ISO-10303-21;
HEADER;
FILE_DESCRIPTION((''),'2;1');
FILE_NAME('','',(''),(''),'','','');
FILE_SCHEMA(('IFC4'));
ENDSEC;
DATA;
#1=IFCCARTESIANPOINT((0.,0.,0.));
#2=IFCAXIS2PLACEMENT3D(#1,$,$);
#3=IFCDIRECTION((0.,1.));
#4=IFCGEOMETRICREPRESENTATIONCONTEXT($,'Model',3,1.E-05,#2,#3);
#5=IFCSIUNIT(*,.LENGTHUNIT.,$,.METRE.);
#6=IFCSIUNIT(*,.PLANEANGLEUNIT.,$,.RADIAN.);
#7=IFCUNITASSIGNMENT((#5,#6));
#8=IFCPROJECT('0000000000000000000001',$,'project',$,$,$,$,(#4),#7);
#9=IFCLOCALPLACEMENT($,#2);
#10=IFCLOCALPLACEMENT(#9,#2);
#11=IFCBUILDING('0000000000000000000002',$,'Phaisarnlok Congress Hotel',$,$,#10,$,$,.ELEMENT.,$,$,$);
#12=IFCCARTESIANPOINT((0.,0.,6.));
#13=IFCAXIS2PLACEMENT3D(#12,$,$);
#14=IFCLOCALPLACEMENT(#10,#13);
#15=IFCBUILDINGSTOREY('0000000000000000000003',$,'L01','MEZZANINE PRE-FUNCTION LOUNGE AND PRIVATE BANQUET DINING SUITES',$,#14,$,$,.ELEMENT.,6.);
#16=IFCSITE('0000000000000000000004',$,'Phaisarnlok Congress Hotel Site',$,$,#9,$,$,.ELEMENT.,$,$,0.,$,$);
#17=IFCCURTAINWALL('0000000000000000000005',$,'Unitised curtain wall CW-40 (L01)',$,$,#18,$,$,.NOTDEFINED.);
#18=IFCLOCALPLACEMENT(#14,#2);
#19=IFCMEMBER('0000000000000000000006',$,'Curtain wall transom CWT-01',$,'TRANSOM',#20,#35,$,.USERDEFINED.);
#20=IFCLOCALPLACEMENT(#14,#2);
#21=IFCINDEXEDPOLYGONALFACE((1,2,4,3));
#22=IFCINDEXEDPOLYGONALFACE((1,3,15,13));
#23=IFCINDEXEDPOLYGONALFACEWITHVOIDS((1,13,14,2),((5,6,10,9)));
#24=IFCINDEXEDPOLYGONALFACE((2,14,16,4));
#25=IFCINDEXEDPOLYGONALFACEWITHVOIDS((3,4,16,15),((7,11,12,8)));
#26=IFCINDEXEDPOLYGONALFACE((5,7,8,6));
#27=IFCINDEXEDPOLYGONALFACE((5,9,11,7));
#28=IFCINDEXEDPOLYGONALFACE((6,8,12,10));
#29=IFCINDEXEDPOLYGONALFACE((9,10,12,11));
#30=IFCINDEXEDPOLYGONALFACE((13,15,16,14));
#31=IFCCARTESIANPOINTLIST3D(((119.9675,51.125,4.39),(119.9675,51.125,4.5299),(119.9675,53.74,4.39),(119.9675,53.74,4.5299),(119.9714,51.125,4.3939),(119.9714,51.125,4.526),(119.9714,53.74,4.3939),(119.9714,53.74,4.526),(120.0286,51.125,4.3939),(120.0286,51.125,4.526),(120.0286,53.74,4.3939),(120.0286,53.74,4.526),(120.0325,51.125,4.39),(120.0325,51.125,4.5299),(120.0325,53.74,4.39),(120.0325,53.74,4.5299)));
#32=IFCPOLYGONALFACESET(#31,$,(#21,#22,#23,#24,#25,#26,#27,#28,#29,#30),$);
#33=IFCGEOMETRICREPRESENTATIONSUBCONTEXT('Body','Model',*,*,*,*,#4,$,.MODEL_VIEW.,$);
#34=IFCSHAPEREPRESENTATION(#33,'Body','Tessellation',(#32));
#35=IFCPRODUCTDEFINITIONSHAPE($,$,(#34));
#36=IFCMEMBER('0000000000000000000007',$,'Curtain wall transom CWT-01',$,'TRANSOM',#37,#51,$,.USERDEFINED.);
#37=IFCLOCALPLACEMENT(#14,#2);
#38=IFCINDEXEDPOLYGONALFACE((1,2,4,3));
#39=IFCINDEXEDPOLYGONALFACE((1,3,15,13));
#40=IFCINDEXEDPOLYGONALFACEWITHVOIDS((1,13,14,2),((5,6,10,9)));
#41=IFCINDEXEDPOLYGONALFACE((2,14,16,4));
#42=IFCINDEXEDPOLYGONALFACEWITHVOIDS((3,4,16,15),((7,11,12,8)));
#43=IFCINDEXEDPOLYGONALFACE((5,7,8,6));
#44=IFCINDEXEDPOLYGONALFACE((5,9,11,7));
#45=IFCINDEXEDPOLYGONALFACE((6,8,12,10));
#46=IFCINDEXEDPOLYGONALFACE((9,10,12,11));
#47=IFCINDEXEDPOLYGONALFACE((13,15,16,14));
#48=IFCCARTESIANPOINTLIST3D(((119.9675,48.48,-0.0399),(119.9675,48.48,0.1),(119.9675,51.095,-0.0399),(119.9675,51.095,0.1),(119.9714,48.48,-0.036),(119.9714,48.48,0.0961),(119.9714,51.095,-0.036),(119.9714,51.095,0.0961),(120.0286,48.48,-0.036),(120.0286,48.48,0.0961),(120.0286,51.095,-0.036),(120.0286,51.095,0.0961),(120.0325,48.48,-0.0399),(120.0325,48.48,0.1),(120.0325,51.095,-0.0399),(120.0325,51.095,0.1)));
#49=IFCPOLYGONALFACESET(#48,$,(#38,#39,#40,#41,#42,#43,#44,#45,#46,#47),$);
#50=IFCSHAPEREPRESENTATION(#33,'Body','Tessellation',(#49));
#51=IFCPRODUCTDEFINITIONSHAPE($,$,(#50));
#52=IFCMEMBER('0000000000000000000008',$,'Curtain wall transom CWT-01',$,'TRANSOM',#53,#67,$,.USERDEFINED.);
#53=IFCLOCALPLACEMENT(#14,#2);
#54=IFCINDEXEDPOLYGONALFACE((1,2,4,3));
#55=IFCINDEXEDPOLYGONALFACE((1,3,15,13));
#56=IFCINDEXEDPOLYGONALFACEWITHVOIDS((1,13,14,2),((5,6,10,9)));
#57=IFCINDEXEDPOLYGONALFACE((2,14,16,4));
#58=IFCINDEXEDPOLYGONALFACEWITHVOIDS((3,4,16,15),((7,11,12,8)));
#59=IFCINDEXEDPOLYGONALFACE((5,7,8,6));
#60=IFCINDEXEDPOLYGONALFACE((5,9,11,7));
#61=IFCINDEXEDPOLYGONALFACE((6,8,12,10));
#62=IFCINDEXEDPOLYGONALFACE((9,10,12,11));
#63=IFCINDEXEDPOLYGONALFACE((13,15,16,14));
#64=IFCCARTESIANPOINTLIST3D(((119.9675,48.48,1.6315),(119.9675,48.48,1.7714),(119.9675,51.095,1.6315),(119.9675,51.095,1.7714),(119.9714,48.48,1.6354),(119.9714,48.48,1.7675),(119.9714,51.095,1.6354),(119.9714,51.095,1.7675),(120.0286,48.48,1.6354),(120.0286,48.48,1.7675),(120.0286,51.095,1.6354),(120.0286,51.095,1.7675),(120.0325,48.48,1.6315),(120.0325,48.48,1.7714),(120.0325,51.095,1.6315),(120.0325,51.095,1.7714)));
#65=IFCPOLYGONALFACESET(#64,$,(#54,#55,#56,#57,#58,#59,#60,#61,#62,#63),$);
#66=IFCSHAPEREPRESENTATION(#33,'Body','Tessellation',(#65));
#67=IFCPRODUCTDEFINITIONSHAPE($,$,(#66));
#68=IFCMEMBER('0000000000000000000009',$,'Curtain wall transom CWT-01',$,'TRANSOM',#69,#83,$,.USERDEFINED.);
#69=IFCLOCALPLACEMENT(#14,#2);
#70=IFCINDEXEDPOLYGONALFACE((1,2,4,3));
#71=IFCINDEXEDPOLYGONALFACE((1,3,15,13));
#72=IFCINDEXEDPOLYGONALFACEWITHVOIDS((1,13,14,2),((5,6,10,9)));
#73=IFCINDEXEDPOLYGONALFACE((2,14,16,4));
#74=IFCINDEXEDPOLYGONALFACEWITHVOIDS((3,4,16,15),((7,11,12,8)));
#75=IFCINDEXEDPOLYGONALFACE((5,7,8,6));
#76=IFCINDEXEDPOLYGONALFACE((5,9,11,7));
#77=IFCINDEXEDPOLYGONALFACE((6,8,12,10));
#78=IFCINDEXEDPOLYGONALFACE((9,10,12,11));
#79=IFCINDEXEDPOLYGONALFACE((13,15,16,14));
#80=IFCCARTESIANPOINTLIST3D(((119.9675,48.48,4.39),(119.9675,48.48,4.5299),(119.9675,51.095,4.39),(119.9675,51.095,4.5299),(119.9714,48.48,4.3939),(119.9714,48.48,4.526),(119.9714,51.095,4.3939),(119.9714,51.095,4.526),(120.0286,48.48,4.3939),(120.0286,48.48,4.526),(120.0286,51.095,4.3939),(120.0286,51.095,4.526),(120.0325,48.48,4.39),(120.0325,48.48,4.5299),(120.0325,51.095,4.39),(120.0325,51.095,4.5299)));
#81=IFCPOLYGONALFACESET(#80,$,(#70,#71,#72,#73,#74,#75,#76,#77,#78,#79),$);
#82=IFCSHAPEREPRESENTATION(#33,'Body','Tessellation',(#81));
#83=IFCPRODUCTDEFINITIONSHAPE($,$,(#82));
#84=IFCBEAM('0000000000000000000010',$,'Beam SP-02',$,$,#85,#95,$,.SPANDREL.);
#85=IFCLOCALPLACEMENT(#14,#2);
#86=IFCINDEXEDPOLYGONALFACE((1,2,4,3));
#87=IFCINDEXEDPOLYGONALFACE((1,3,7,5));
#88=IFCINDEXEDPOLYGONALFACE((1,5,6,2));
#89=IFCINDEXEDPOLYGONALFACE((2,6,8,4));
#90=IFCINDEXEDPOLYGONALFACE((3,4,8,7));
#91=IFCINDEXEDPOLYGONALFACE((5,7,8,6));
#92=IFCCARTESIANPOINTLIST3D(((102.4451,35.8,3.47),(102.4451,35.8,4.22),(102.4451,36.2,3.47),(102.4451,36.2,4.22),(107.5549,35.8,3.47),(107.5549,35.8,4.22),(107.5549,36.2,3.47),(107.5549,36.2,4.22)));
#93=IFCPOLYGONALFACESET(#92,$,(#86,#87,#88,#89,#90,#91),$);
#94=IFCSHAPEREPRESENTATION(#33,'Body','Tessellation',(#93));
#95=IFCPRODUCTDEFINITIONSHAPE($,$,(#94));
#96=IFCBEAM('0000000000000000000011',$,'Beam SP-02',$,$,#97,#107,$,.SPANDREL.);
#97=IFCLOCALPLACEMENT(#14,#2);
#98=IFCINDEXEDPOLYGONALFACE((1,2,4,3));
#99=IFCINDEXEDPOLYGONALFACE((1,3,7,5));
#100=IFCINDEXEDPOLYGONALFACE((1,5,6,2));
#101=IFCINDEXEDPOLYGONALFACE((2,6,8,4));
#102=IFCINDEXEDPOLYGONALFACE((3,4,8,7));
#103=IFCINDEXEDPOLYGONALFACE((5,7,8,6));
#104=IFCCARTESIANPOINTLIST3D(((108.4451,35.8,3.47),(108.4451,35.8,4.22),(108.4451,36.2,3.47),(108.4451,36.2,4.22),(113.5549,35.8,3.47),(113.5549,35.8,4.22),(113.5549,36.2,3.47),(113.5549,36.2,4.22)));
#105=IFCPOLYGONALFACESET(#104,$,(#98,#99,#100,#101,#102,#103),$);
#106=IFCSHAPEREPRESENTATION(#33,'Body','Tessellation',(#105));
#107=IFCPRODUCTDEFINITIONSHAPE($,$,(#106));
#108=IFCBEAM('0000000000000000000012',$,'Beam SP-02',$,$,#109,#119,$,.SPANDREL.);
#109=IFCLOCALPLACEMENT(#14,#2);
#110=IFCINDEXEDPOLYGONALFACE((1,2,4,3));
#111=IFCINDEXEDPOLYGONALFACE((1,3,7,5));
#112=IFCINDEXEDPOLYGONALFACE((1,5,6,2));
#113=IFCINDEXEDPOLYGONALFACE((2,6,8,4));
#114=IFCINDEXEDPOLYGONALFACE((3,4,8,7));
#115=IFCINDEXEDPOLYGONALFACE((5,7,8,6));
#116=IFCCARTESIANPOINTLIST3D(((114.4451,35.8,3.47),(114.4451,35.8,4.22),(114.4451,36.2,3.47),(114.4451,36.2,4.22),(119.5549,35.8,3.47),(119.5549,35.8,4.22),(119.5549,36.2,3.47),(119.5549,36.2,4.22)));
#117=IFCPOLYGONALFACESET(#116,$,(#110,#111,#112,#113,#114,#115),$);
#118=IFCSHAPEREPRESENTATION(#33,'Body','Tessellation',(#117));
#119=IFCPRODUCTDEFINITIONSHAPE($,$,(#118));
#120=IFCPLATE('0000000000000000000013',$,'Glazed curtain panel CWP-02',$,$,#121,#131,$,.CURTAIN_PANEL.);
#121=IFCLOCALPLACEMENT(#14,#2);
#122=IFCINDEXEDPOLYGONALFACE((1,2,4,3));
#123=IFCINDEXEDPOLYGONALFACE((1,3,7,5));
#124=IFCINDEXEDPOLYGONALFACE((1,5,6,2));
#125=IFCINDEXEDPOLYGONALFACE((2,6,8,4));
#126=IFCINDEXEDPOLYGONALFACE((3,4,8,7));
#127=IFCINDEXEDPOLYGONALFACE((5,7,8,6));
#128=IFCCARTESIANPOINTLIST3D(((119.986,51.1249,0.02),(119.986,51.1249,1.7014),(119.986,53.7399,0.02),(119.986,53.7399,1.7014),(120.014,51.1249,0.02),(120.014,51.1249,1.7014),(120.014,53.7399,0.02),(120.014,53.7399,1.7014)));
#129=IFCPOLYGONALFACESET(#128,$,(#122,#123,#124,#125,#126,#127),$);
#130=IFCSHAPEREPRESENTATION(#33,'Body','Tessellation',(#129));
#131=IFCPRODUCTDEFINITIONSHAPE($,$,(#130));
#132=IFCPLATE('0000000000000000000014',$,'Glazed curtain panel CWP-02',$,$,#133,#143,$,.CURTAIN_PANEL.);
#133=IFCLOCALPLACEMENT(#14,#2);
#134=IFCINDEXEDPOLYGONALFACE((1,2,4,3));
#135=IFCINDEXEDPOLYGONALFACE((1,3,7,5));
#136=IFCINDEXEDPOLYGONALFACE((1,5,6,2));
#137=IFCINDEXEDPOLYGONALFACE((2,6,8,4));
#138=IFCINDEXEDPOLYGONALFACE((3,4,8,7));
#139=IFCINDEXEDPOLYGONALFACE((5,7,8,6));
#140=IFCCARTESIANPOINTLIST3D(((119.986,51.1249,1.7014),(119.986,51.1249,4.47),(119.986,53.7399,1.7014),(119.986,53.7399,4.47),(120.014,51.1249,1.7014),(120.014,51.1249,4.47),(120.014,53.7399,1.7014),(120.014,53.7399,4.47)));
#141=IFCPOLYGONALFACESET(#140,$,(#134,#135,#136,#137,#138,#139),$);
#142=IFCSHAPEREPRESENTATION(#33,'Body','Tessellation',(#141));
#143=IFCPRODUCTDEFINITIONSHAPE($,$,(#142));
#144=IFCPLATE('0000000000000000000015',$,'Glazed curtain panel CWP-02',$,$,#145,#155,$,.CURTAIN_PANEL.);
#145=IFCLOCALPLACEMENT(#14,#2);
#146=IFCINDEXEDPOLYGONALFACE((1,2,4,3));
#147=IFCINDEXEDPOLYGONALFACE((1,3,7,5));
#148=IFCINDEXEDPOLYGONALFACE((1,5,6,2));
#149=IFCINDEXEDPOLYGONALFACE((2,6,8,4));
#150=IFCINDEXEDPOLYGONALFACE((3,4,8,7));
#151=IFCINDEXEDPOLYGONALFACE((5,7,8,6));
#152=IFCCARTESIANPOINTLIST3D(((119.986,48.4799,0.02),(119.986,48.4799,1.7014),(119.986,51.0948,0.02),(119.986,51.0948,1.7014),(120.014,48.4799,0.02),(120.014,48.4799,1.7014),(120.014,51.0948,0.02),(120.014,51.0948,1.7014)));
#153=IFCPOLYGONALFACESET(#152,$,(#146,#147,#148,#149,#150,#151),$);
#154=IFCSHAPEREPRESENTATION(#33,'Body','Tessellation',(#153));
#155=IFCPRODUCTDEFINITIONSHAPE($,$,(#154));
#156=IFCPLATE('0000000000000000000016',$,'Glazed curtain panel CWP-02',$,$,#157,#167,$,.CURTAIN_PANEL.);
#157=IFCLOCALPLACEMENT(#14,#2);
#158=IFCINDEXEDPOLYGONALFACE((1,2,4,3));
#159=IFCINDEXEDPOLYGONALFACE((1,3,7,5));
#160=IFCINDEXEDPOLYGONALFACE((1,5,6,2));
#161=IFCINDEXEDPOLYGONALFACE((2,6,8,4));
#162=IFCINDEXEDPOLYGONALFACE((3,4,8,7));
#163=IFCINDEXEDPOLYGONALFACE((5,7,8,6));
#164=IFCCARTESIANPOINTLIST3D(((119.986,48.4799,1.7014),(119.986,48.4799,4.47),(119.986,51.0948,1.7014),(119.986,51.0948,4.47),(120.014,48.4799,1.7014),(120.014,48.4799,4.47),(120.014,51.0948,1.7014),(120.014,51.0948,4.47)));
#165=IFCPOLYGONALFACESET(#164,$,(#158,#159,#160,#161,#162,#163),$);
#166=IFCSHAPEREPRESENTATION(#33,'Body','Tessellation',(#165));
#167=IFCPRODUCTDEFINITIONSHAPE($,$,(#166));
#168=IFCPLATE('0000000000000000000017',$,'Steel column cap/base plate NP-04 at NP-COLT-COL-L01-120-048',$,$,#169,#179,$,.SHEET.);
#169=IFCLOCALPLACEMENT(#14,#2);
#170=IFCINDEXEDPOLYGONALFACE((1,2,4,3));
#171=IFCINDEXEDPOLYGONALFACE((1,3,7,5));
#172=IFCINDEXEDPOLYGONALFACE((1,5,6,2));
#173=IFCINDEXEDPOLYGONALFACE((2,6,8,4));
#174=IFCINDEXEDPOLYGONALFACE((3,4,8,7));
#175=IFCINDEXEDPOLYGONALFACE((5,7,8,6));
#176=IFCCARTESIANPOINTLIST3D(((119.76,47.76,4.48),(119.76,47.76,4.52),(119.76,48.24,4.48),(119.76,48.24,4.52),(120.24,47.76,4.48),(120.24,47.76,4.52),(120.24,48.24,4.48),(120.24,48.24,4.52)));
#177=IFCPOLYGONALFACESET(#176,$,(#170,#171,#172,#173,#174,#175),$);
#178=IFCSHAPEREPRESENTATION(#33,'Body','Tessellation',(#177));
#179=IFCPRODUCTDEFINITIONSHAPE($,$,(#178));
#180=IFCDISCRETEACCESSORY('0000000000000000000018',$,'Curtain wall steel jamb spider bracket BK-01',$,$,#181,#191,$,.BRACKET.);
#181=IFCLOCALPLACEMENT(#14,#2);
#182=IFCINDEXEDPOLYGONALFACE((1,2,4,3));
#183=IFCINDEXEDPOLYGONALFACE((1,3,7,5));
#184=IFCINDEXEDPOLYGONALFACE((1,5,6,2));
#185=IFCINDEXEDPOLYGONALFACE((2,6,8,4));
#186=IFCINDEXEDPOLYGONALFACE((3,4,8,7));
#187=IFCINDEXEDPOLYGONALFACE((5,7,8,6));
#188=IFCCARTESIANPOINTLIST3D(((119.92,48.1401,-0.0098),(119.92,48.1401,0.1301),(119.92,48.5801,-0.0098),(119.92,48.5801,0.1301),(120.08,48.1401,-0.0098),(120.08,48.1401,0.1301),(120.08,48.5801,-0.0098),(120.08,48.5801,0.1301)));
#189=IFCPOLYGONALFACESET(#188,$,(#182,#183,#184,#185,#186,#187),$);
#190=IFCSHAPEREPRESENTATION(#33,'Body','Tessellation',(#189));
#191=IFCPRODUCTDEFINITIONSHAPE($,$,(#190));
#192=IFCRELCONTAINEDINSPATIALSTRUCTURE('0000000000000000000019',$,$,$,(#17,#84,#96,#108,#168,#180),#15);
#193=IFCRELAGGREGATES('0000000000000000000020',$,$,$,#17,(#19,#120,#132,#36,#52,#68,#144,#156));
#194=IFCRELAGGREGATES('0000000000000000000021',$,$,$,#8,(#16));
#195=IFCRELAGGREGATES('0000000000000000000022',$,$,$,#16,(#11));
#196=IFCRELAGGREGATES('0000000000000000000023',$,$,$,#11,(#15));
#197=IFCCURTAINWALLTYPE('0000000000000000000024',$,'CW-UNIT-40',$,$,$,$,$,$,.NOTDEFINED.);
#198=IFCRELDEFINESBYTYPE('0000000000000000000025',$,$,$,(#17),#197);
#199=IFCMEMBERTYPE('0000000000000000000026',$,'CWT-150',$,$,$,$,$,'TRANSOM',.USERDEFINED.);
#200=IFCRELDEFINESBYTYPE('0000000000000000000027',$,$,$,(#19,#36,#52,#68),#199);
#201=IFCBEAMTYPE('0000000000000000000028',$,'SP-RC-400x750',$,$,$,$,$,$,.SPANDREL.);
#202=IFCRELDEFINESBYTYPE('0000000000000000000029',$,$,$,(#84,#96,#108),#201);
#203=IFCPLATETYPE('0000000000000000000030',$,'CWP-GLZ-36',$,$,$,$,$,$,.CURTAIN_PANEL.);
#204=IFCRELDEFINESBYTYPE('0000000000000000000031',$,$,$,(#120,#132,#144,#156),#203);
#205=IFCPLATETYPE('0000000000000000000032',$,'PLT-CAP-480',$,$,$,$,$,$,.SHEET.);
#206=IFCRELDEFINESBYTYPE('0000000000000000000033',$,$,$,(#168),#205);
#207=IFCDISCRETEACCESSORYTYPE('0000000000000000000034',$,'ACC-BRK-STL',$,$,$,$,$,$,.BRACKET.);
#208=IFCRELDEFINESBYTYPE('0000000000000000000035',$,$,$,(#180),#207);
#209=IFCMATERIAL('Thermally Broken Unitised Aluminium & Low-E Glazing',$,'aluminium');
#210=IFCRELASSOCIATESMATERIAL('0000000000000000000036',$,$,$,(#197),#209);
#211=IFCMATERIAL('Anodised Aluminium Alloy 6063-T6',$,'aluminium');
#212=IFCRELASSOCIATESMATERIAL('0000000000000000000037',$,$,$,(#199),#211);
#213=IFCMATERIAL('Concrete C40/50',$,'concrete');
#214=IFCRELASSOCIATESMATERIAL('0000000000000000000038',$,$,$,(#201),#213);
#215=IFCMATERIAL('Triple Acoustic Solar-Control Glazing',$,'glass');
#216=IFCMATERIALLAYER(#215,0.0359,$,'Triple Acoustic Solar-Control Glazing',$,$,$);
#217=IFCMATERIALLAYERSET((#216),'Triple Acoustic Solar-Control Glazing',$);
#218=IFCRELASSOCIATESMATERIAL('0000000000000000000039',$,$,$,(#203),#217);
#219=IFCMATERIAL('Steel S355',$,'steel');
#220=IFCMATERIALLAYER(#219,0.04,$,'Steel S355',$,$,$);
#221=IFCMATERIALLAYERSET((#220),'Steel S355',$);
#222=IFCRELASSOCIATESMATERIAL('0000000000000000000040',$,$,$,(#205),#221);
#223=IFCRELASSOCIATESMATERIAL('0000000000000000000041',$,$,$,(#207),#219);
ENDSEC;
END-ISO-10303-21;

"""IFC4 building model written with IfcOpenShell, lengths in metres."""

from ifc_helpers import new_model, si_unit, direction, frame, frame_2d, origin, origin_2d, place, context, subcontext, project, spatial, rectangle, hollow_rectangle, extrude, material, layer, layer_set, material_profile, profile_set, type_object, element, aggregate, save


model = new_model("IFC4")

# Units and contexts
model_context = context("Model", 3, precision=1e-05, world=origin(), true_north=direction((0.0, 1.0)))
body_context = subcontext(model_context, "Body", "Model", "MODEL_VIEW")
ifc_project = project(units=[si_unit("LENGTHUNIT", "METRE"), si_unit("PLANEANGLEUNIT", "RADIAN")], contexts=[model_context])

# Site, building, storey
site_placement = place(None, origin())
site = spatial("IfcSite", under=ifc_project, at=site_placement, Name="Phaisarnlok Congress Hotel Site", CompositionType="ELEMENT", RefElevation=0.0)
building_placement = place(site_placement, origin())
building = spatial("IfcBuilding", under=site, at=building_placement, Name="Phaisarnlok Congress Hotel", CompositionType="ELEMENT")
storey_placement = place(building_placement, frame((0.0, 0.0, 6.0)))
storey = spatial("IfcBuildingStorey", under=building, at=storey_placement, Name="L01", Description="MEZZANINE PRE-FUNCTION LOUNGE AND PRIVATE BANQUET DINING SUITES", CompositionType="ELEMENT", Elevation=6.0)

# Shared definitions
ifc_material_1 = material(Name="Steel S355", Category="steel")

# Curtain wall, members
ifc_material_2 = material(Name="Thermally Broken Unitised Aluminium & Low-E Glazing", Category="aluminium")
curtain_wall_type = type_object("IfcCurtainWallType", Name="CW-UNIT-40", PredefinedType="NOTDEFINED", material=ifc_material_2)
curtain_wall_placement = place(storey_placement, origin())
curtain_wall = element("IfcCurtainWall", 1, at=curtain_wall_placement, inside=storey, type_object=curtain_wall_type, Name="Unitised curtain wall CW-40 (L01)", PredefinedType="NOTDEFINED")
ifc_material_3 = material(Name="Anodised Aluminium Alloy 6063-T6", Category="aluminium")
ifc_material_profile_1 = material_profile(ifc_material_3, hollow_rectangle(XDim=0.0649, YDim=0.1399, WallThickness=0.0039, at=origin_2d()), Name="ALU-T 65x140x4")
ifc_profile_set_1 = profile_set([ifc_material_profile_1], Name="Anodised Aluminium Alloy 6063-T6")
member_type_1 = type_object("IfcMemberType", Name="CWT-150", ElementType="TRANSOM", PredefinedType="USERDEFINED", material=ifc_profile_set_1)
member_1_placement = place(storey_placement, frame((120.0, 53.74, 4.46), z_axis=(0.0, -1.0, 0.0), x_axis=(1.0, 0.0, 0.0)))
member_1 = element("IfcMember", 2, at=member_1_placement, type_object=member_type_1, Name="Curtain wall transom CWT-01", ObjectType="TRANSOM", PredefinedType="USERDEFINED", context=body_context, shape_type="SweptSolid", body=[
    extrude(hollow_rectangle(XDim=0.0649, YDim=0.1399, WallThickness=0.0039, at=origin_2d()), origin(), (0.0, 0.0, 1.0), 2.615),
])
member_2_placement = place(storey_placement, frame((120.0, 51.095, 0.03), z_axis=(0.0, -1.0, 0.0), x_axis=(1.0, 0.0, 0.0)))
member_2 = element("IfcMember", 3, at=member_2_placement, type_object=member_type_1, Name="Curtain wall transom CWT-01", ObjectType="TRANSOM", PredefinedType="USERDEFINED", context=body_context, shape_type="SweptSolid", body=[
    extrude(hollow_rectangle(XDim=0.0649, YDim=0.1399, WallThickness=0.0039, at=origin_2d()), origin(), (0.0, 0.0, 1.0), 2.615),
])
member_3_placement = place(storey_placement, frame((120.0, 51.095, 1.7014), z_axis=(0.0, -1.0, 0.0), x_axis=(1.0, 0.0, 0.0)))
member_3 = element("IfcMember", 4, at=member_3_placement, type_object=member_type_1, Name="Curtain wall transom CWT-01", ObjectType="TRANSOM", PredefinedType="USERDEFINED", context=body_context, shape_type="SweptSolid", body=[
    extrude(hollow_rectangle(XDim=0.0649, YDim=0.1399, WallThickness=0.0039, at=origin_2d()), origin(), (0.0, 0.0, 1.0), 2.615),
])
member_4_placement = place(storey_placement, frame((120.0, 51.095, 4.46), z_axis=(0.0, -1.0, 0.0), x_axis=(1.0, 0.0, 0.0)))
member_4 = element("IfcMember", 5, at=member_4_placement, type_object=member_type_1, Name="Curtain wall transom CWT-01", ObjectType="TRANSOM", PredefinedType="USERDEFINED", context=body_context, shape_type="SweptSolid", body=[
    extrude(hollow_rectangle(XDim=0.0649, YDim=0.1399, WallThickness=0.0039, at=origin_2d()), origin(), (0.0, 0.0, 1.0), 2.615),
])

# Beams
ifc_material_4 = material(Name="Concrete C40/50", Category="concrete")
ifc_material_profile_2 = material_profile(ifc_material_4, rectangle(XDim=0.3999, YDim=0.75, at=origin_2d()), Name="RC 400x750")
ifc_profile_set_2 = profile_set([ifc_material_profile_2], Name="Concrete C40/50")
beam_type = type_object("IfcBeamType", Name="SP-RC-400x750", PredefinedType="SPANDREL", material=ifc_profile_set_2)
for number, where, z_axis, x_axis, name in (
    (6, (102.4451, 36.0, 3.845), (1.0, 0.0, 0.0), (0.0, 1.0, 0.0), "Beam SP-02"),
    (7, (108.4451, 36.0, 3.845), (1.0, 0.0, 0.0), (0.0, 1.0, 0.0), "Beam SP-02"),
    (8, (114.4451, 36.0, 3.845), (1.0, 0.0, 0.0), (0.0, 1.0, 0.0), "Beam SP-02"),
):
    element("IfcBeam", number, at=place(storey_placement, frame(where, z_axis=z_axis, x_axis=x_axis)), inside=storey, type_object=beam_type, Name=name, PredefinedType="SPANDREL", context=body_context, shape_type="SweptSolid", body=[
        extrude(rectangle(XDim=0.3999, YDim=0.75, at=origin_2d()), origin(), (0.0, 0.0, 1.0), 5.1099),
    ])

# Plates
ifc_material_5 = material(Name="Triple Acoustic Solar-Control Glazing", Category="glass")
ifc_layer_1 = layer(ifc_material_5, 0.0359, Name="Triple Acoustic Solar-Control Glazing")
ifc_layer_set_1 = layer_set([ifc_layer_1], Name="Triple Acoustic Solar-Control Glazing")
plate_type_1 = type_object("IfcPlateType", Name="CWP-GLZ-36", PredefinedType="CURTAIN_PANEL", material=ifc_layer_set_1)
plate_1_placement = place(storey_placement, frame((120.0, 53.74, 0.02), z_axis=(0.0, 0.0, 1.0), x_axis=(0.0, -1.0, 0.0)))
plate_1 = element("IfcPlate", 9, at=plate_1_placement, type_object=plate_type_1, Name="Glazed curtain panel CWP-02", PredefinedType="CURTAIN_PANEL", context=body_context, shape_type="SweptSolid", body=[
    extrude(rectangle(XDim=2.615, YDim=0.0281, at=frame_2d((1.3076, 0.0))), origin(), (0.0, 0.0, 1.0), 1.6814),
])
plate_2_placement = place(storey_placement, frame((120.0, 53.74, 1.7014), z_axis=(0.0, 0.0, 1.0), x_axis=(0.0, -1.0, 0.0)))
plate_2 = element("IfcPlate", 10, at=plate_2_placement, type_object=plate_type_1, Name="Glazed curtain panel CWP-02", PredefinedType="CURTAIN_PANEL", context=body_context, shape_type="SweptSolid", body=[
    extrude(rectangle(XDim=2.615, YDim=0.0281, at=frame_2d((1.3076, 0.0))), origin(), (0.0, 0.0, 1.0), 2.7686),
])
plate_3_placement = place(storey_placement, frame((120.0, 51.095, 0.02), z_axis=(0.0, 0.0, 1.0), x_axis=(0.0, -1.0, 0.0)))
plate_3 = element("IfcPlate", 11, at=plate_3_placement, type_object=plate_type_1, Name="Glazed curtain panel CWP-02", PredefinedType="CURTAIN_PANEL", context=body_context, shape_type="SweptSolid", body=[
    extrude(rectangle(XDim=2.615, YDim=0.0281, at=frame_2d((1.3076, 0.0))), origin(), (0.0, 0.0, 1.0), 1.6814),
])
plate_4_placement = place(storey_placement, frame((120.0, 51.095, 1.7014), z_axis=(0.0, 0.0, 1.0), x_axis=(0.0, -1.0, 0.0)))
plate_4 = element("IfcPlate", 12, at=plate_4_placement, type_object=plate_type_1, Name="Glazed curtain panel CWP-02", PredefinedType="CURTAIN_PANEL", context=body_context, shape_type="SweptSolid", body=[
    extrude(rectangle(XDim=2.615, YDim=0.0281, at=frame_2d((1.3076, 0.0))), origin(), (0.0, 0.0, 1.0), 2.7686),
])
aggregate(curtain_wall, [member_1, plate_1, plate_2, member_2, member_3, member_4, plate_3, plate_4])
ifc_layer_2 = layer(ifc_material_1, 0.04, Name="Steel S355")
ifc_layer_set_2 = layer_set([ifc_layer_2], Name="Steel S355")
plate_type_2 = type_object("IfcPlateType", Name="PLT-CAP-480", PredefinedType="SHEET", material=ifc_layer_set_2)
plate_5_placement = place(storey_placement, frame((120.0, 48.0, 4.48), z_axis=(0.0, 0.0, 1.0), x_axis=(1.0, 0.0, 0.0)))
element("IfcPlate", 13, at=plate_5_placement, inside=storey, type_object=plate_type_2, Name="Steel column cap/base plate NP-04 at NP-COLT-COL-L01-120-048", PredefinedType="SHEET", context=body_context, shape_type="SweptSolid", body=[
    extrude(rectangle(XDim=0.48, YDim=0.48, at=origin_2d()), origin(), (0.0, 0.0, 1.0), 0.04),
])

# Discrete accessory
discrete_accessory_type = type_object("IfcDiscreteAccessoryType", Name="ACC-BRK-STL", PredefinedType="BRACKET", material=ifc_material_1)
for number, where, z_axis, x_axis, name in (
    (14, (120.0, 48.3601, -0.0098), (0.0, 0.0, 1.0), (1.0, 0.0, 0.0), "Curtain wall steel jamb spider bracket BK-01"),
):
    element("IfcDiscreteAccessory", number, at=place(storey_placement, frame(where, z_axis=z_axis, x_axis=x_axis)), inside=storey, type_object=discrete_accessory_type, Name=name, PredefinedType="BRACKET", context=body_context, shape_type="SweptSolid", body=[
        extrude(rectangle(XDim=0.1599, YDim=0.4399, at=origin_2d()), origin(), (0.0, 0.0, 1.0), 0.1399),
    ])

save(model, "model.ifc")
